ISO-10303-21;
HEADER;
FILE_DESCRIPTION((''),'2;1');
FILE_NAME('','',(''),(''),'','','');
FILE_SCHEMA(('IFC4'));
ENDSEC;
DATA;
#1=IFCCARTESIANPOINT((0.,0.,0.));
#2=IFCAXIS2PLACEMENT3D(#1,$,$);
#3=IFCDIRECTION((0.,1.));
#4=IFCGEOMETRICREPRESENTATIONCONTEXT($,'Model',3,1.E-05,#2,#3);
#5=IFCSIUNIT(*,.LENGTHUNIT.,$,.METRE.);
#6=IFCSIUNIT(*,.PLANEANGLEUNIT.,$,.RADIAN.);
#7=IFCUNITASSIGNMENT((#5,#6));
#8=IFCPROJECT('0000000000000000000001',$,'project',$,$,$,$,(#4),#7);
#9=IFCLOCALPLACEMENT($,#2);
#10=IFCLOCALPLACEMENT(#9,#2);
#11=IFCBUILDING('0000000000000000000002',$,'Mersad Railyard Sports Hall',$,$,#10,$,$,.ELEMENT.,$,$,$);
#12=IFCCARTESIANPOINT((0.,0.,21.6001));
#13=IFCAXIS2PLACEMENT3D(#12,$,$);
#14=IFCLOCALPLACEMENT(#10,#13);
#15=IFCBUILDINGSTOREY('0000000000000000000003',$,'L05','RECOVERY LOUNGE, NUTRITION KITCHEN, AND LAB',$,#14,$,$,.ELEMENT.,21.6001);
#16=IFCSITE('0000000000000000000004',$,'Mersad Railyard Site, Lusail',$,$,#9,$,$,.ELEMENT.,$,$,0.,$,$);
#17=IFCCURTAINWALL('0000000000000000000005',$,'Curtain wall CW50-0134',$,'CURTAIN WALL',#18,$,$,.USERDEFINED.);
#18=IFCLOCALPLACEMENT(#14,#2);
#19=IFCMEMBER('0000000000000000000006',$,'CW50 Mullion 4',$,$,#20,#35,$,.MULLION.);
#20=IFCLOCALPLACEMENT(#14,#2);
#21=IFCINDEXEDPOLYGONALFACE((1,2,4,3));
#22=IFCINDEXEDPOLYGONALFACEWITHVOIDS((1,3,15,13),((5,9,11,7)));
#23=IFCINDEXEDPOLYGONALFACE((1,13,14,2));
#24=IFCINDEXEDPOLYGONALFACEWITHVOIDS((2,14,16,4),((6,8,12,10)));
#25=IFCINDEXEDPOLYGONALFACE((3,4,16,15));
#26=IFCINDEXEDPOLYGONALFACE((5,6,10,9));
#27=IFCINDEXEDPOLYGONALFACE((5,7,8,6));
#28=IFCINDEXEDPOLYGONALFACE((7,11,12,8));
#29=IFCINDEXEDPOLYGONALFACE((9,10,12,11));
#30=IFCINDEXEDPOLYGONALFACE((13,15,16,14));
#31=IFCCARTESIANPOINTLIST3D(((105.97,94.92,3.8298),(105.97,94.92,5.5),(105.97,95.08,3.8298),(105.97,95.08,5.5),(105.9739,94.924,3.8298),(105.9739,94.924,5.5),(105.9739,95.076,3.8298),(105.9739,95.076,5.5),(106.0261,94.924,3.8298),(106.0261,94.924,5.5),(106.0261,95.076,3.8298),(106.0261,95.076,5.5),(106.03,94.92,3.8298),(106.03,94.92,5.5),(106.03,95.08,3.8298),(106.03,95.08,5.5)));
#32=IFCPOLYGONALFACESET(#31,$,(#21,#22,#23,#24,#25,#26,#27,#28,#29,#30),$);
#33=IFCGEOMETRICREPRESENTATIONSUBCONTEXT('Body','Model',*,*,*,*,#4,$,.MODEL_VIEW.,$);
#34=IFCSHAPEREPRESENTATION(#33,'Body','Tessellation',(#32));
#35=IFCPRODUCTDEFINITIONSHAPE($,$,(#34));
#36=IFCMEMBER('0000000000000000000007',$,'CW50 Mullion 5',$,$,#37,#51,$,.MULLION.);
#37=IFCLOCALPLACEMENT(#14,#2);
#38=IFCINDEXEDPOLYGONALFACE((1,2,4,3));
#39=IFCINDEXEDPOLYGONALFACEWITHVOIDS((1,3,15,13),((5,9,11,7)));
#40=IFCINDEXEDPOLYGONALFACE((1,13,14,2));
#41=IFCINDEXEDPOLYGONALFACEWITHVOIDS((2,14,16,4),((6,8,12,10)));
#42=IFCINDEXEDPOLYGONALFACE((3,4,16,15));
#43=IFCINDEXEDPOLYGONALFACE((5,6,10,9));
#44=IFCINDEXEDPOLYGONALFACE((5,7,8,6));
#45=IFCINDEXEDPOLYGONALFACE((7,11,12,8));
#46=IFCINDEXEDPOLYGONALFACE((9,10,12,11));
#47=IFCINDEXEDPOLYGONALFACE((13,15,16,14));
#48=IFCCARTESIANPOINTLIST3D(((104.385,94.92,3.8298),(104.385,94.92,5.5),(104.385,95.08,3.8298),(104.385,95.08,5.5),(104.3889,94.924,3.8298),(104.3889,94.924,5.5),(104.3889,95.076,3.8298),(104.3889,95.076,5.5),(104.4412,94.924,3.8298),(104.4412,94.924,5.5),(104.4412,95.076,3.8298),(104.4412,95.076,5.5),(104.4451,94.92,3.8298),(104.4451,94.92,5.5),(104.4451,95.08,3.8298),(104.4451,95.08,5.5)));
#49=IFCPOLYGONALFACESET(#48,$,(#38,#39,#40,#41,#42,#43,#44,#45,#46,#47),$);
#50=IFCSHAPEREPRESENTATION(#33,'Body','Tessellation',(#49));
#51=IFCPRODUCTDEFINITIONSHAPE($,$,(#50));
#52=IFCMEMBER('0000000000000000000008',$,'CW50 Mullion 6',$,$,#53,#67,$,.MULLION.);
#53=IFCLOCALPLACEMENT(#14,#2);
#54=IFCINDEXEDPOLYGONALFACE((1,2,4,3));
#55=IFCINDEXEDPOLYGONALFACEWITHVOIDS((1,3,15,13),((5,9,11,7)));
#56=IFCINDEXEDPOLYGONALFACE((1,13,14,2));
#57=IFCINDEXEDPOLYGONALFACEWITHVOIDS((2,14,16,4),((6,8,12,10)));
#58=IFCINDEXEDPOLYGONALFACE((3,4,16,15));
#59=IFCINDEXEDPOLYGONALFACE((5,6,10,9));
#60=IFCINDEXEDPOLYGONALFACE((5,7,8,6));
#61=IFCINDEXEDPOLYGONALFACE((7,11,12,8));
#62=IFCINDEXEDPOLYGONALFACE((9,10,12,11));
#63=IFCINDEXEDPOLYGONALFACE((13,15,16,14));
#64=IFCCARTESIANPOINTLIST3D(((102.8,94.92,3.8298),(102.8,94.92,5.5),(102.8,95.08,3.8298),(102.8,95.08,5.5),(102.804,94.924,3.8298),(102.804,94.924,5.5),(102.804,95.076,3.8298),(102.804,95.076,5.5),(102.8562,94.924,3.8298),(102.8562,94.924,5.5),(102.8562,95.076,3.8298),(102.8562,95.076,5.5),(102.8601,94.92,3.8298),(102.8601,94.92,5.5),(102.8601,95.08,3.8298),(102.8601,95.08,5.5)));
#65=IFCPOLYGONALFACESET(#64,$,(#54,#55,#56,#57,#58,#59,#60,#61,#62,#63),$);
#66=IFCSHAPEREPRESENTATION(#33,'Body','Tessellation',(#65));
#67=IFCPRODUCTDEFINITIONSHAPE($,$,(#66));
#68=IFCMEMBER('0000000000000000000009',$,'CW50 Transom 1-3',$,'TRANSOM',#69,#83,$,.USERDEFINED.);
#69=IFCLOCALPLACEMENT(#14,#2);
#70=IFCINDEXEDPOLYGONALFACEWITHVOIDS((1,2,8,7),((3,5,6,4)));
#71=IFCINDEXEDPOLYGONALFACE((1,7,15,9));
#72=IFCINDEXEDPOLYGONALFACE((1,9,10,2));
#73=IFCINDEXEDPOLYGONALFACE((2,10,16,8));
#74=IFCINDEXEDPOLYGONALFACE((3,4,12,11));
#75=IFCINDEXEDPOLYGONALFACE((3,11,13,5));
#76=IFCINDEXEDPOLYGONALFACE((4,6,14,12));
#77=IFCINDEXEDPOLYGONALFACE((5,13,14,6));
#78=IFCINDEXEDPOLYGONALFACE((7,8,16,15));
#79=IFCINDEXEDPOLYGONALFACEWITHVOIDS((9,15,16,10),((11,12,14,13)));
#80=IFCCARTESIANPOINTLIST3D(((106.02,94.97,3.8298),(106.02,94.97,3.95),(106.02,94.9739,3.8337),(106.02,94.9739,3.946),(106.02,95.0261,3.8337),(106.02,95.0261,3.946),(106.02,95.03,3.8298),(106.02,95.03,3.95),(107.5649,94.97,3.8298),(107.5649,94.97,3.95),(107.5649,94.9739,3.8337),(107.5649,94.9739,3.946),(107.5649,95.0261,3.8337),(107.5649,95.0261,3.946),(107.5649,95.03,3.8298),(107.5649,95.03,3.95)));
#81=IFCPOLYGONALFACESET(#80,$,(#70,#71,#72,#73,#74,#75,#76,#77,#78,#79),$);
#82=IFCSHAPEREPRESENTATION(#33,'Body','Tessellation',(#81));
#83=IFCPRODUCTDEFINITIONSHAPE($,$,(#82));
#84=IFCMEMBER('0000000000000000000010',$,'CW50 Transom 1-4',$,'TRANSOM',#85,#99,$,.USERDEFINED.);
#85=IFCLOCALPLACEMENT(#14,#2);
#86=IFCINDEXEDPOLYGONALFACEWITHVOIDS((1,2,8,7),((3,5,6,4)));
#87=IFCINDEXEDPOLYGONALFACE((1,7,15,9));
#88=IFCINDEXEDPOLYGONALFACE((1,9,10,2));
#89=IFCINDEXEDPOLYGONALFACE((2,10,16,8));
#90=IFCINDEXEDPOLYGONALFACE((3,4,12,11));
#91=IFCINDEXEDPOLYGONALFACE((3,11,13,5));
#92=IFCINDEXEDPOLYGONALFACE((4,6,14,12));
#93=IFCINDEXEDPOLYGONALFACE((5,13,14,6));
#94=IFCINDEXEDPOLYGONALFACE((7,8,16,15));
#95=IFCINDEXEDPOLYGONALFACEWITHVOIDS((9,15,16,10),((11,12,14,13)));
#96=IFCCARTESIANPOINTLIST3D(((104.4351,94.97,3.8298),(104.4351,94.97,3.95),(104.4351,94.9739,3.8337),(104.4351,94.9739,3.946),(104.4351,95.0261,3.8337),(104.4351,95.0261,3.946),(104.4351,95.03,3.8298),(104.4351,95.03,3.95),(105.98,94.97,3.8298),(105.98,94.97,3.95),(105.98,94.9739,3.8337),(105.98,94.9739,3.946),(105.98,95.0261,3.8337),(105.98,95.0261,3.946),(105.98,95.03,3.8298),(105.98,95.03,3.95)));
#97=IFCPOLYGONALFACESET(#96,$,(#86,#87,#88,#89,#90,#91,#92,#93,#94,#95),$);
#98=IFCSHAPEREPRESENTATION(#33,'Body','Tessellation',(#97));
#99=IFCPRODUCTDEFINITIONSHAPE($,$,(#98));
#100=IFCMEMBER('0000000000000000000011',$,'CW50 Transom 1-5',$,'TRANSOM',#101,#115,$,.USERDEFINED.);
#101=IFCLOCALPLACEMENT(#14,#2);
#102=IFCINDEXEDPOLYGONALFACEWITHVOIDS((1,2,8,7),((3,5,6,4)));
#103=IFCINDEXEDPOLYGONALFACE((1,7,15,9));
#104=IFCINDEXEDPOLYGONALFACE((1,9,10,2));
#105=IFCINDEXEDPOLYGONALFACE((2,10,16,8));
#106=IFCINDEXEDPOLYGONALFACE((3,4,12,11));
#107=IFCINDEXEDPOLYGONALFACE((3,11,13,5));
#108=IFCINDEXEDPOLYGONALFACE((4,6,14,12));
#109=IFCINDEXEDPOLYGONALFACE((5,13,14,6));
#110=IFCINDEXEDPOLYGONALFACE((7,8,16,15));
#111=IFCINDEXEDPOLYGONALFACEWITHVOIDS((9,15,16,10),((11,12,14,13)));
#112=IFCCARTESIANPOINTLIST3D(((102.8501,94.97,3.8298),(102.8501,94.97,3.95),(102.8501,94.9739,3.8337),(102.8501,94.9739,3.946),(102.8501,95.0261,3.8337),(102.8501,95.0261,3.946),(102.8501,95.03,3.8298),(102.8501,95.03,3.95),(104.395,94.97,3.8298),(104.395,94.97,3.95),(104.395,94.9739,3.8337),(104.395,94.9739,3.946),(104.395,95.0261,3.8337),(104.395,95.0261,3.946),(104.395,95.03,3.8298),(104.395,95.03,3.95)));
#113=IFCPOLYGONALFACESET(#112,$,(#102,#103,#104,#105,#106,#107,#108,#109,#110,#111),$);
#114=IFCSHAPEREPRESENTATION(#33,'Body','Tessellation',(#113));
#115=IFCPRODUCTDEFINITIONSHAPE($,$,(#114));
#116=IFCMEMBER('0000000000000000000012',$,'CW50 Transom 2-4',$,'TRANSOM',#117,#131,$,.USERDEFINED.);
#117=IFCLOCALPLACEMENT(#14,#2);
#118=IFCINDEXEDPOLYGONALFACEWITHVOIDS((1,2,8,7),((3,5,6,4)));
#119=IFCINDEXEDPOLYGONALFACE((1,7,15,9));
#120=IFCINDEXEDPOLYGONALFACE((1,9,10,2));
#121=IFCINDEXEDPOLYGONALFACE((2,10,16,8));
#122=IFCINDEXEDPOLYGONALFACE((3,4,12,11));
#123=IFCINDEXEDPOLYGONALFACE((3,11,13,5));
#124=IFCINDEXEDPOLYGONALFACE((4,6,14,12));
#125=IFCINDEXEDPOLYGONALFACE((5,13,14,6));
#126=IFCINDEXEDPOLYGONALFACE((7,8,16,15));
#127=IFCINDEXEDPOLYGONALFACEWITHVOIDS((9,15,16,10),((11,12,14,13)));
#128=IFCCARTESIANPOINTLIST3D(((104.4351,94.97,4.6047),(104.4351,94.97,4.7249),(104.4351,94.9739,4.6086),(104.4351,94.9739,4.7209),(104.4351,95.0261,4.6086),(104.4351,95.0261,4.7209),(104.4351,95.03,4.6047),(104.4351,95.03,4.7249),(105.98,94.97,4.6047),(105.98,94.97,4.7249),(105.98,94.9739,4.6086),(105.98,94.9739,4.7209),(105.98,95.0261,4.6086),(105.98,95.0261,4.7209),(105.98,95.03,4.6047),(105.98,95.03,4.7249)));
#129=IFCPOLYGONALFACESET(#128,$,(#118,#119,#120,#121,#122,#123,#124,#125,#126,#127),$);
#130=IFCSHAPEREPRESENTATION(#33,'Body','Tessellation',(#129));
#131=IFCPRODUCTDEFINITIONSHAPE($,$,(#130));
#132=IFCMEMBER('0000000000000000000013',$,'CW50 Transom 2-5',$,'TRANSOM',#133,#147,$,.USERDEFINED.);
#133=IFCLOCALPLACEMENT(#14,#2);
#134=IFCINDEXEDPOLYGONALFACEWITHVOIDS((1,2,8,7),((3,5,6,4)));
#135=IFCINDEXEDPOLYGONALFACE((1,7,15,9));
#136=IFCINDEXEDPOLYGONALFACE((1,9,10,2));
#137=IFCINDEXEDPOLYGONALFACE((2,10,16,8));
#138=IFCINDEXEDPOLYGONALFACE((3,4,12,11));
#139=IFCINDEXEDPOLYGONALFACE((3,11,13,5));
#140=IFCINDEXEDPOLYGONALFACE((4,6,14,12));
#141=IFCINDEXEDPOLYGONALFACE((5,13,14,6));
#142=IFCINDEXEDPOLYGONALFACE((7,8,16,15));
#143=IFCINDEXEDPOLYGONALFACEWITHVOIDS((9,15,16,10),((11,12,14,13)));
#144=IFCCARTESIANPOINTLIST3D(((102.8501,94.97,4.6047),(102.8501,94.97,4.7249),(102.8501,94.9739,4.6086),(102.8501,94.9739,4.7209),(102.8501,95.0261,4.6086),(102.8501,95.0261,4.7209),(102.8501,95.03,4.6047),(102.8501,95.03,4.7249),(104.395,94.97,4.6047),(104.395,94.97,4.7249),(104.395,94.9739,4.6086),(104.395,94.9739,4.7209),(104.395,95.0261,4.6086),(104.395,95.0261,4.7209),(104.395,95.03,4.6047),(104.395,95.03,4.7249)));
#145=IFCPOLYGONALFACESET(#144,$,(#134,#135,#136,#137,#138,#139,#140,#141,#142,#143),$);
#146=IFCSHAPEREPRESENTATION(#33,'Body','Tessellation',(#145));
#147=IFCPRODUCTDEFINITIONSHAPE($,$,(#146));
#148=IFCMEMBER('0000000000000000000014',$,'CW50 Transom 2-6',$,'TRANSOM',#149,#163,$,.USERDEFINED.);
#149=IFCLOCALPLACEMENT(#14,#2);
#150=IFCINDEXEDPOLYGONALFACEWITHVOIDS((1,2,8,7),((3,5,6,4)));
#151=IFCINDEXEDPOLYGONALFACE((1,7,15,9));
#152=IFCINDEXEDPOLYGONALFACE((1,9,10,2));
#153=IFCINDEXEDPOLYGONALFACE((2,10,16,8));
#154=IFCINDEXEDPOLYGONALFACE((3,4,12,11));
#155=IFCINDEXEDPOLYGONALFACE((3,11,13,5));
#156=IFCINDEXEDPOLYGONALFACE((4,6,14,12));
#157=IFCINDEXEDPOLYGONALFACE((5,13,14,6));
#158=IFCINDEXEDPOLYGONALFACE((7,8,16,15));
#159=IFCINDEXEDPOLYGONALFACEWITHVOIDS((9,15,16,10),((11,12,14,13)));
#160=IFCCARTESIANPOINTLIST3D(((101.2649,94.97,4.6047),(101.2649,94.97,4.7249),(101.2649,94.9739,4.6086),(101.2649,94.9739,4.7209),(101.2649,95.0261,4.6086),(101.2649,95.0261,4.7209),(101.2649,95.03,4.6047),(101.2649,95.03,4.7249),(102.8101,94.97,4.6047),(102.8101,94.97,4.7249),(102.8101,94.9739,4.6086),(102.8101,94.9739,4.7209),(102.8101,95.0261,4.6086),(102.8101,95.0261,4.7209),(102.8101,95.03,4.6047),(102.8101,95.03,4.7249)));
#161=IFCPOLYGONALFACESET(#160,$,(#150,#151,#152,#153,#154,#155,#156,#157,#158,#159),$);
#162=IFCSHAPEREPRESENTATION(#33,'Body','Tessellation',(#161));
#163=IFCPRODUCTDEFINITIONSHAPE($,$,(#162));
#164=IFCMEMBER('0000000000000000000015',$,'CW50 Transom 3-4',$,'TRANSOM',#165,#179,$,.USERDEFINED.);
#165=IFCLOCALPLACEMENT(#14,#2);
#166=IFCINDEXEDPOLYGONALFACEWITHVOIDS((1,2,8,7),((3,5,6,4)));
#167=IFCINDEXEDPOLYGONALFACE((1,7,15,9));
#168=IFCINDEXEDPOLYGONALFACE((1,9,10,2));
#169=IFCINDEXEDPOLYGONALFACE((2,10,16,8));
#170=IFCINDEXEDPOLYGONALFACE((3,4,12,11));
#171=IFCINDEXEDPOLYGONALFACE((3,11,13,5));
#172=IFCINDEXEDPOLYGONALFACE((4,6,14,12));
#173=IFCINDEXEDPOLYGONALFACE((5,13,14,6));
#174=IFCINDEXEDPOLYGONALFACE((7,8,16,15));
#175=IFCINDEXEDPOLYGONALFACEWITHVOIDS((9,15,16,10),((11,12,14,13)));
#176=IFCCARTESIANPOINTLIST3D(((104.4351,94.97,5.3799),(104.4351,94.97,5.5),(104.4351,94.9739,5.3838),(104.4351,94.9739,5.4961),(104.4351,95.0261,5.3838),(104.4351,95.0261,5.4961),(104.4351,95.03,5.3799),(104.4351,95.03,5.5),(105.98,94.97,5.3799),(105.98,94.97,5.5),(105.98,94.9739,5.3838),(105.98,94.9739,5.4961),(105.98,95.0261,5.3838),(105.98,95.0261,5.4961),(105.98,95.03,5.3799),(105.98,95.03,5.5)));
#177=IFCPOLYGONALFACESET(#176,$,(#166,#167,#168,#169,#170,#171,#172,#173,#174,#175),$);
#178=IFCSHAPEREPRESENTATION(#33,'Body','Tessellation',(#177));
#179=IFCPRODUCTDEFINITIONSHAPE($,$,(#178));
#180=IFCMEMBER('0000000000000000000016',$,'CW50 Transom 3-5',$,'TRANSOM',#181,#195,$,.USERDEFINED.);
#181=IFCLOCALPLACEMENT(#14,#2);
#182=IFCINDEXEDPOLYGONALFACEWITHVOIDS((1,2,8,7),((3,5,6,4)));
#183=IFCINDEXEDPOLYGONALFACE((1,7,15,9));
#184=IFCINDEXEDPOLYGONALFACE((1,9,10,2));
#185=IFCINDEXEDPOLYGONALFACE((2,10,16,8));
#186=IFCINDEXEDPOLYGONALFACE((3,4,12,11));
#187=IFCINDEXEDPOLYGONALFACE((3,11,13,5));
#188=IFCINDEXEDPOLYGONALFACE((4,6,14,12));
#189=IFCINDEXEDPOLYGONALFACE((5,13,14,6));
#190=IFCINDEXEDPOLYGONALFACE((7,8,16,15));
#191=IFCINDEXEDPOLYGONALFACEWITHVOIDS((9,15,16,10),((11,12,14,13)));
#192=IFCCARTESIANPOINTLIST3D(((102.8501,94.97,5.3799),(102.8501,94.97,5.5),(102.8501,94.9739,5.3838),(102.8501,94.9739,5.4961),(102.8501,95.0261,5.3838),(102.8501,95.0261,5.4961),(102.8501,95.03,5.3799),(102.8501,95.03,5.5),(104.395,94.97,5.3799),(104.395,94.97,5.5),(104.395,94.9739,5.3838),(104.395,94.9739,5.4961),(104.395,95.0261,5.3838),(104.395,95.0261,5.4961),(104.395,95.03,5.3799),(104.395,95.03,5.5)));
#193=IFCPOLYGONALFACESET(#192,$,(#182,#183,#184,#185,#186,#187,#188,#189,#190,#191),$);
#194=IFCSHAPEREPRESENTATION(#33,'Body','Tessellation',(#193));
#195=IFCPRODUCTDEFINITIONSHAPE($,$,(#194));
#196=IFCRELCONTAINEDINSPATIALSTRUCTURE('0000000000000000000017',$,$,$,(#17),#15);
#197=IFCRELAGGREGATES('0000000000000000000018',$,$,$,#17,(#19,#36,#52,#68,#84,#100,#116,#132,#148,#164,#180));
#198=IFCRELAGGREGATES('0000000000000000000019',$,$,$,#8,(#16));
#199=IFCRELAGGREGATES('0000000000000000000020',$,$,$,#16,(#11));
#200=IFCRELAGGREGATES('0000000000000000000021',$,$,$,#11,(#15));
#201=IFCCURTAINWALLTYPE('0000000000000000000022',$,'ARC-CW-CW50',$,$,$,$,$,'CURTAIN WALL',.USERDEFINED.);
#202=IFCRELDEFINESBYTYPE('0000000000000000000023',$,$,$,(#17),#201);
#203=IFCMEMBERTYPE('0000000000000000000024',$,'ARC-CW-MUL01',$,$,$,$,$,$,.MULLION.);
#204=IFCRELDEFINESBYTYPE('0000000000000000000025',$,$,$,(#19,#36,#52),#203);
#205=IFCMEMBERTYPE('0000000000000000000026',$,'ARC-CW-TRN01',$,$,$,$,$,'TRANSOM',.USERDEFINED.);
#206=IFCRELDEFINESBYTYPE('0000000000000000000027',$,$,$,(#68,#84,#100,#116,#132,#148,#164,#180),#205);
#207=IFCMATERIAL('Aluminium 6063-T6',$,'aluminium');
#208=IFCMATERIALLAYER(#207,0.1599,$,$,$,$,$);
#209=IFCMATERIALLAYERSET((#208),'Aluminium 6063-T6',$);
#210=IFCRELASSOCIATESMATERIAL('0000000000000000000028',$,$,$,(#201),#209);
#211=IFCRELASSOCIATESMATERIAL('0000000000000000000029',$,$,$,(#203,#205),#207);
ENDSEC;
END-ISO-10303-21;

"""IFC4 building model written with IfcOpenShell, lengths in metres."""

from ifc_helpers import new_model, si_unit, direction, frame, origin, origin_2d, place, context, subcontext, project, spatial, hollow_rectangle, extrude, material, layer, layer_set, material_profile, profile_set, type_object, element, aggregate, save


model = new_model("IFC4")

# Units and contexts
model_context = context("Model", 3, precision=1e-05, world=origin(), true_north=direction((0.0, 1.0)))
body_context = subcontext(model_context, "Body", "Model", "MODEL_VIEW")
ifc_project = project(units=[si_unit("LENGTHUNIT", "METRE"), si_unit("PLANEANGLEUNIT", "RADIAN")], contexts=[model_context])

# Site, building, storey
site_placement = place(None, origin())
site = spatial("IfcSite", under=ifc_project, at=site_placement, Name="Mersad Railyard Site, Lusail", CompositionType="ELEMENT", RefElevation=0.0)
building_placement = place(site_placement, origin())
building = spatial("IfcBuilding", under=site, at=building_placement, Name="Mersad Railyard Sports Hall", CompositionType="ELEMENT")
storey_placement = place(building_placement, frame((0.0, 0.0, 21.6001)))
storey = spatial("IfcBuildingStorey", under=building, at=storey_placement, Name="L05", Description="RECOVERY LOUNGE, NUTRITION KITCHEN, AND LAB", CompositionType="ELEMENT", Elevation=21.6001)

# Curtain wall, members
ifc_material_1 = material(Name="Aluminium 6063-T6", Category="aluminium")
ifc_layer_1 = layer(ifc_material_1, 0.1599)
ifc_layer_set_1 = layer_set([ifc_layer_1], Name="Aluminium 6063-T6")
curtain_wall_type = type_object("IfcCurtainWallType", Name="ARC-CW-CW50", ElementType="CURTAIN WALL", PredefinedType="USERDEFINED", material=ifc_layer_set_1)
curtain_wall_placement = place(storey_placement, origin())
curtain_wall = element("IfcCurtainWall", 1, at=curtain_wall_placement, inside=storey, type_object=curtain_wall_type, Name="Curtain wall CW50-0134", ObjectType="CURTAIN WALL", PredefinedType="USERDEFINED")
ifc_material_profile_1 = material_profile(ifc_material_1, hollow_rectangle(XDim=0.0601, YDim=0.1599, WallThickness=0.0039, at=origin_2d()), Name="AL MULLION 60x160x4")
ifc_profile_set_1 = profile_set([ifc_material_profile_1], Name="Aluminium 6063-T6")
member_type_1 = type_object("IfcMemberType", Name="ARC-CW-MUL01", PredefinedType="MULLION", material=ifc_profile_set_1)
member_1_placement = place(storey_placement, frame((106.0, 95.0, 3.8298), z_axis=(0.0, 0.0, 1.0), x_axis=(1.0, 0.0, 0.0)))
member_1 = element("IfcMember", 2, at=member_1_placement, type_object=member_type_1, Name="CW50 Mullion 4", PredefinedType="MULLION", context=body_context, shape_type="SweptSolid", body=[
    extrude(hollow_rectangle(XDim=0.0601, YDim=0.1599, WallThickness=0.0039, at=origin_2d()), origin(), (0.0, 0.0, 1.0), 1.6702),
])
member_2_placement = place(storey_placement, frame((104.415, 95.0, 3.8298), z_axis=(0.0, 0.0, 1.0), x_axis=(1.0, 0.0, 0.0)))
member_2 = element("IfcMember", 3, at=member_2_placement, type_object=member_type_1, Name="CW50 Mullion 5", PredefinedType="MULLION", context=body_context, shape_type="SweptSolid", body=[
    extrude(hollow_rectangle(XDim=0.0601, YDim=0.1599, WallThickness=0.0039, at=origin_2d()), origin(), (0.0, 0.0, 1.0), 1.6702),
])
member_3_placement = place(storey_placement, frame((102.8301, 95.0, 3.8298), z_axis=(0.0, 0.0, 1.0), x_axis=(1.0, 0.0, 0.0)))
member_3 = element("IfcMember", 4, at=member_3_placement, type_object=member_type_1, Name="CW50 Mullion 6", PredefinedType="MULLION", context=body_context, shape_type="SweptSolid", body=[
    extrude(hollow_rectangle(XDim=0.0601, YDim=0.1599, WallThickness=0.0039, at=origin_2d()), origin(), (0.0, 0.0, 1.0), 1.6702),
])
ifc_material_profile_2 = material_profile(ifc_material_1, hollow_rectangle(XDim=0.0601, YDim=0.1201, WallThickness=0.0039, at=origin_2d()), Name="AL TRANSOM 60x120x4")
ifc_profile_set_2 = profile_set([ifc_material_profile_2], Name="Aluminium 6063-T6")
member_type_2 = type_object("IfcMemberType", Name="ARC-CW-TRN01", ElementType="TRANSOM", PredefinedType="USERDEFINED", material=ifc_profile_set_2)
member_4_placement = place(storey_placement, frame((107.5649, 95.0, 3.8899), z_axis=(-1.0, 0.0, 0.0), x_axis=(0.0, -1.0, 0.0)))
member_4 = element("IfcMember", 5, at=member_4_placement, type_object=member_type_2, Name="CW50 Transom 1-3", ObjectType="TRANSOM", PredefinedType="USERDEFINED", context=body_context, shape_type="SweptSolid", body=[
    extrude(hollow_rectangle(XDim=0.0601, YDim=0.1201, WallThickness=0.0039, at=origin_2d()), origin(), (0.0, 0.0, 1.0), 1.5449),
])
member_5_placement = place(storey_placement, frame((105.98, 95.0, 3.8899), z_axis=(-1.0, 0.0, 0.0), x_axis=(0.0, -1.0, 0.0)))
member_5 = element("IfcMember", 6, at=member_5_placement, type_object=member_type_2, Name="CW50 Transom 1-4", ObjectType="TRANSOM", PredefinedType="USERDEFINED", context=body_context, shape_type="SweptSolid", body=[
    extrude(hollow_rectangle(XDim=0.0601, YDim=0.1201, WallThickness=0.0039, at=origin_2d()), origin(), (0.0, 0.0, 1.0), 1.5449),
])
member_6_placement = place(storey_placement, frame((104.395, 95.0, 3.8899), z_axis=(-1.0, 0.0, 0.0), x_axis=(0.0, -1.0, 0.0)))
member_6 = element("IfcMember", 7, at=member_6_placement, type_object=member_type_2, Name="CW50 Transom 1-5", ObjectType="TRANSOM", PredefinedType="USERDEFINED", context=body_context, shape_type="SweptSolid", body=[
    extrude(hollow_rectangle(XDim=0.0601, YDim=0.1201, WallThickness=0.0039, at=origin_2d()), origin(), (0.0, 0.0, 1.0), 1.5449),
])
member_7_placement = place(storey_placement, frame((105.98, 95.0, 4.6648), z_axis=(-1.0, 0.0, 0.0), x_axis=(0.0, -1.0, 0.0)))
member_7 = element("IfcMember", 8, at=member_7_placement, type_object=member_type_2, Name="CW50 Transom 2-4", ObjectType="TRANSOM", PredefinedType="USERDEFINED", context=body_context, shape_type="SweptSolid", body=[
    extrude(hollow_rectangle(XDim=0.0601, YDim=0.1201, WallThickness=0.0039, at=origin_2d()), origin(), (0.0, 0.0, 1.0), 1.5449),
])
member_8_placement = place(storey_placement, frame((104.395, 95.0, 4.6648), z_axis=(-1.0, 0.0, 0.0), x_axis=(0.0, -1.0, 0.0)))
member_8 = element("IfcMember", 9, at=member_8_placement, type_object=member_type_2, Name="CW50 Transom 2-5", ObjectType="TRANSOM", PredefinedType="USERDEFINED", context=body_context, shape_type="SweptSolid", body=[
    extrude(hollow_rectangle(XDim=0.0601, YDim=0.1201, WallThickness=0.0039, at=origin_2d()), origin(), (0.0, 0.0, 1.0), 1.5449),
])
member_9_placement = place(storey_placement, frame((102.8101, 95.0, 4.6648), z_axis=(-1.0, 0.0, 0.0), x_axis=(0.0, -1.0, 0.0)))
member_9 = element("IfcMember", 10, at=member_9_placement, type_object=member_type_2, Name="CW50 Transom 2-6", ObjectType="TRANSOM", PredefinedType="USERDEFINED", context=body_context, shape_type="SweptSolid", body=[
    extrude(hollow_rectangle(XDim=0.0601, YDim=0.1201, WallThickness=0.0039, at=origin_2d()), origin(), (0.0, 0.0, 1.0), 1.5452),
])
member_10_placement = place(storey_placement, frame((105.98, 95.0, 5.4399), z_axis=(-1.0, 0.0, 0.0), x_axis=(0.0, -1.0, 0.0)))
member_10 = element("IfcMember", 11, at=member_10_placement, type_object=member_type_2, Name="CW50 Transom 3-4", ObjectType="TRANSOM", PredefinedType="USERDEFINED", context=body_context, shape_type="SweptSolid", body=[
    extrude(hollow_rectangle(XDim=0.0601, YDim=0.1201, WallThickness=0.0039, at=origin_2d()), origin(), (0.0, 0.0, 1.0), 1.5449),
])
member_11_placement = place(storey_placement, frame((104.395, 95.0, 5.4399), z_axis=(-1.0, 0.0, 0.0), x_axis=(0.0, -1.0, 0.0)))
member_11 = element("IfcMember", 12, at=member_11_placement, type_object=member_type_2, Name="CW50 Transom 3-5", ObjectType="TRANSOM", PredefinedType="USERDEFINED", context=body_context, shape_type="SweptSolid", body=[
    extrude(hollow_rectangle(XDim=0.0601, YDim=0.1201, WallThickness=0.0039, at=origin_2d()), origin(), (0.0, 0.0, 1.0), 1.5449),
])

aggregate(curtain_wall, [member_1, member_2, member_3, member_4, member_5, member_6, member_7, member_8, member_9, member_10, member_11])

save(model, "model.ifc")
